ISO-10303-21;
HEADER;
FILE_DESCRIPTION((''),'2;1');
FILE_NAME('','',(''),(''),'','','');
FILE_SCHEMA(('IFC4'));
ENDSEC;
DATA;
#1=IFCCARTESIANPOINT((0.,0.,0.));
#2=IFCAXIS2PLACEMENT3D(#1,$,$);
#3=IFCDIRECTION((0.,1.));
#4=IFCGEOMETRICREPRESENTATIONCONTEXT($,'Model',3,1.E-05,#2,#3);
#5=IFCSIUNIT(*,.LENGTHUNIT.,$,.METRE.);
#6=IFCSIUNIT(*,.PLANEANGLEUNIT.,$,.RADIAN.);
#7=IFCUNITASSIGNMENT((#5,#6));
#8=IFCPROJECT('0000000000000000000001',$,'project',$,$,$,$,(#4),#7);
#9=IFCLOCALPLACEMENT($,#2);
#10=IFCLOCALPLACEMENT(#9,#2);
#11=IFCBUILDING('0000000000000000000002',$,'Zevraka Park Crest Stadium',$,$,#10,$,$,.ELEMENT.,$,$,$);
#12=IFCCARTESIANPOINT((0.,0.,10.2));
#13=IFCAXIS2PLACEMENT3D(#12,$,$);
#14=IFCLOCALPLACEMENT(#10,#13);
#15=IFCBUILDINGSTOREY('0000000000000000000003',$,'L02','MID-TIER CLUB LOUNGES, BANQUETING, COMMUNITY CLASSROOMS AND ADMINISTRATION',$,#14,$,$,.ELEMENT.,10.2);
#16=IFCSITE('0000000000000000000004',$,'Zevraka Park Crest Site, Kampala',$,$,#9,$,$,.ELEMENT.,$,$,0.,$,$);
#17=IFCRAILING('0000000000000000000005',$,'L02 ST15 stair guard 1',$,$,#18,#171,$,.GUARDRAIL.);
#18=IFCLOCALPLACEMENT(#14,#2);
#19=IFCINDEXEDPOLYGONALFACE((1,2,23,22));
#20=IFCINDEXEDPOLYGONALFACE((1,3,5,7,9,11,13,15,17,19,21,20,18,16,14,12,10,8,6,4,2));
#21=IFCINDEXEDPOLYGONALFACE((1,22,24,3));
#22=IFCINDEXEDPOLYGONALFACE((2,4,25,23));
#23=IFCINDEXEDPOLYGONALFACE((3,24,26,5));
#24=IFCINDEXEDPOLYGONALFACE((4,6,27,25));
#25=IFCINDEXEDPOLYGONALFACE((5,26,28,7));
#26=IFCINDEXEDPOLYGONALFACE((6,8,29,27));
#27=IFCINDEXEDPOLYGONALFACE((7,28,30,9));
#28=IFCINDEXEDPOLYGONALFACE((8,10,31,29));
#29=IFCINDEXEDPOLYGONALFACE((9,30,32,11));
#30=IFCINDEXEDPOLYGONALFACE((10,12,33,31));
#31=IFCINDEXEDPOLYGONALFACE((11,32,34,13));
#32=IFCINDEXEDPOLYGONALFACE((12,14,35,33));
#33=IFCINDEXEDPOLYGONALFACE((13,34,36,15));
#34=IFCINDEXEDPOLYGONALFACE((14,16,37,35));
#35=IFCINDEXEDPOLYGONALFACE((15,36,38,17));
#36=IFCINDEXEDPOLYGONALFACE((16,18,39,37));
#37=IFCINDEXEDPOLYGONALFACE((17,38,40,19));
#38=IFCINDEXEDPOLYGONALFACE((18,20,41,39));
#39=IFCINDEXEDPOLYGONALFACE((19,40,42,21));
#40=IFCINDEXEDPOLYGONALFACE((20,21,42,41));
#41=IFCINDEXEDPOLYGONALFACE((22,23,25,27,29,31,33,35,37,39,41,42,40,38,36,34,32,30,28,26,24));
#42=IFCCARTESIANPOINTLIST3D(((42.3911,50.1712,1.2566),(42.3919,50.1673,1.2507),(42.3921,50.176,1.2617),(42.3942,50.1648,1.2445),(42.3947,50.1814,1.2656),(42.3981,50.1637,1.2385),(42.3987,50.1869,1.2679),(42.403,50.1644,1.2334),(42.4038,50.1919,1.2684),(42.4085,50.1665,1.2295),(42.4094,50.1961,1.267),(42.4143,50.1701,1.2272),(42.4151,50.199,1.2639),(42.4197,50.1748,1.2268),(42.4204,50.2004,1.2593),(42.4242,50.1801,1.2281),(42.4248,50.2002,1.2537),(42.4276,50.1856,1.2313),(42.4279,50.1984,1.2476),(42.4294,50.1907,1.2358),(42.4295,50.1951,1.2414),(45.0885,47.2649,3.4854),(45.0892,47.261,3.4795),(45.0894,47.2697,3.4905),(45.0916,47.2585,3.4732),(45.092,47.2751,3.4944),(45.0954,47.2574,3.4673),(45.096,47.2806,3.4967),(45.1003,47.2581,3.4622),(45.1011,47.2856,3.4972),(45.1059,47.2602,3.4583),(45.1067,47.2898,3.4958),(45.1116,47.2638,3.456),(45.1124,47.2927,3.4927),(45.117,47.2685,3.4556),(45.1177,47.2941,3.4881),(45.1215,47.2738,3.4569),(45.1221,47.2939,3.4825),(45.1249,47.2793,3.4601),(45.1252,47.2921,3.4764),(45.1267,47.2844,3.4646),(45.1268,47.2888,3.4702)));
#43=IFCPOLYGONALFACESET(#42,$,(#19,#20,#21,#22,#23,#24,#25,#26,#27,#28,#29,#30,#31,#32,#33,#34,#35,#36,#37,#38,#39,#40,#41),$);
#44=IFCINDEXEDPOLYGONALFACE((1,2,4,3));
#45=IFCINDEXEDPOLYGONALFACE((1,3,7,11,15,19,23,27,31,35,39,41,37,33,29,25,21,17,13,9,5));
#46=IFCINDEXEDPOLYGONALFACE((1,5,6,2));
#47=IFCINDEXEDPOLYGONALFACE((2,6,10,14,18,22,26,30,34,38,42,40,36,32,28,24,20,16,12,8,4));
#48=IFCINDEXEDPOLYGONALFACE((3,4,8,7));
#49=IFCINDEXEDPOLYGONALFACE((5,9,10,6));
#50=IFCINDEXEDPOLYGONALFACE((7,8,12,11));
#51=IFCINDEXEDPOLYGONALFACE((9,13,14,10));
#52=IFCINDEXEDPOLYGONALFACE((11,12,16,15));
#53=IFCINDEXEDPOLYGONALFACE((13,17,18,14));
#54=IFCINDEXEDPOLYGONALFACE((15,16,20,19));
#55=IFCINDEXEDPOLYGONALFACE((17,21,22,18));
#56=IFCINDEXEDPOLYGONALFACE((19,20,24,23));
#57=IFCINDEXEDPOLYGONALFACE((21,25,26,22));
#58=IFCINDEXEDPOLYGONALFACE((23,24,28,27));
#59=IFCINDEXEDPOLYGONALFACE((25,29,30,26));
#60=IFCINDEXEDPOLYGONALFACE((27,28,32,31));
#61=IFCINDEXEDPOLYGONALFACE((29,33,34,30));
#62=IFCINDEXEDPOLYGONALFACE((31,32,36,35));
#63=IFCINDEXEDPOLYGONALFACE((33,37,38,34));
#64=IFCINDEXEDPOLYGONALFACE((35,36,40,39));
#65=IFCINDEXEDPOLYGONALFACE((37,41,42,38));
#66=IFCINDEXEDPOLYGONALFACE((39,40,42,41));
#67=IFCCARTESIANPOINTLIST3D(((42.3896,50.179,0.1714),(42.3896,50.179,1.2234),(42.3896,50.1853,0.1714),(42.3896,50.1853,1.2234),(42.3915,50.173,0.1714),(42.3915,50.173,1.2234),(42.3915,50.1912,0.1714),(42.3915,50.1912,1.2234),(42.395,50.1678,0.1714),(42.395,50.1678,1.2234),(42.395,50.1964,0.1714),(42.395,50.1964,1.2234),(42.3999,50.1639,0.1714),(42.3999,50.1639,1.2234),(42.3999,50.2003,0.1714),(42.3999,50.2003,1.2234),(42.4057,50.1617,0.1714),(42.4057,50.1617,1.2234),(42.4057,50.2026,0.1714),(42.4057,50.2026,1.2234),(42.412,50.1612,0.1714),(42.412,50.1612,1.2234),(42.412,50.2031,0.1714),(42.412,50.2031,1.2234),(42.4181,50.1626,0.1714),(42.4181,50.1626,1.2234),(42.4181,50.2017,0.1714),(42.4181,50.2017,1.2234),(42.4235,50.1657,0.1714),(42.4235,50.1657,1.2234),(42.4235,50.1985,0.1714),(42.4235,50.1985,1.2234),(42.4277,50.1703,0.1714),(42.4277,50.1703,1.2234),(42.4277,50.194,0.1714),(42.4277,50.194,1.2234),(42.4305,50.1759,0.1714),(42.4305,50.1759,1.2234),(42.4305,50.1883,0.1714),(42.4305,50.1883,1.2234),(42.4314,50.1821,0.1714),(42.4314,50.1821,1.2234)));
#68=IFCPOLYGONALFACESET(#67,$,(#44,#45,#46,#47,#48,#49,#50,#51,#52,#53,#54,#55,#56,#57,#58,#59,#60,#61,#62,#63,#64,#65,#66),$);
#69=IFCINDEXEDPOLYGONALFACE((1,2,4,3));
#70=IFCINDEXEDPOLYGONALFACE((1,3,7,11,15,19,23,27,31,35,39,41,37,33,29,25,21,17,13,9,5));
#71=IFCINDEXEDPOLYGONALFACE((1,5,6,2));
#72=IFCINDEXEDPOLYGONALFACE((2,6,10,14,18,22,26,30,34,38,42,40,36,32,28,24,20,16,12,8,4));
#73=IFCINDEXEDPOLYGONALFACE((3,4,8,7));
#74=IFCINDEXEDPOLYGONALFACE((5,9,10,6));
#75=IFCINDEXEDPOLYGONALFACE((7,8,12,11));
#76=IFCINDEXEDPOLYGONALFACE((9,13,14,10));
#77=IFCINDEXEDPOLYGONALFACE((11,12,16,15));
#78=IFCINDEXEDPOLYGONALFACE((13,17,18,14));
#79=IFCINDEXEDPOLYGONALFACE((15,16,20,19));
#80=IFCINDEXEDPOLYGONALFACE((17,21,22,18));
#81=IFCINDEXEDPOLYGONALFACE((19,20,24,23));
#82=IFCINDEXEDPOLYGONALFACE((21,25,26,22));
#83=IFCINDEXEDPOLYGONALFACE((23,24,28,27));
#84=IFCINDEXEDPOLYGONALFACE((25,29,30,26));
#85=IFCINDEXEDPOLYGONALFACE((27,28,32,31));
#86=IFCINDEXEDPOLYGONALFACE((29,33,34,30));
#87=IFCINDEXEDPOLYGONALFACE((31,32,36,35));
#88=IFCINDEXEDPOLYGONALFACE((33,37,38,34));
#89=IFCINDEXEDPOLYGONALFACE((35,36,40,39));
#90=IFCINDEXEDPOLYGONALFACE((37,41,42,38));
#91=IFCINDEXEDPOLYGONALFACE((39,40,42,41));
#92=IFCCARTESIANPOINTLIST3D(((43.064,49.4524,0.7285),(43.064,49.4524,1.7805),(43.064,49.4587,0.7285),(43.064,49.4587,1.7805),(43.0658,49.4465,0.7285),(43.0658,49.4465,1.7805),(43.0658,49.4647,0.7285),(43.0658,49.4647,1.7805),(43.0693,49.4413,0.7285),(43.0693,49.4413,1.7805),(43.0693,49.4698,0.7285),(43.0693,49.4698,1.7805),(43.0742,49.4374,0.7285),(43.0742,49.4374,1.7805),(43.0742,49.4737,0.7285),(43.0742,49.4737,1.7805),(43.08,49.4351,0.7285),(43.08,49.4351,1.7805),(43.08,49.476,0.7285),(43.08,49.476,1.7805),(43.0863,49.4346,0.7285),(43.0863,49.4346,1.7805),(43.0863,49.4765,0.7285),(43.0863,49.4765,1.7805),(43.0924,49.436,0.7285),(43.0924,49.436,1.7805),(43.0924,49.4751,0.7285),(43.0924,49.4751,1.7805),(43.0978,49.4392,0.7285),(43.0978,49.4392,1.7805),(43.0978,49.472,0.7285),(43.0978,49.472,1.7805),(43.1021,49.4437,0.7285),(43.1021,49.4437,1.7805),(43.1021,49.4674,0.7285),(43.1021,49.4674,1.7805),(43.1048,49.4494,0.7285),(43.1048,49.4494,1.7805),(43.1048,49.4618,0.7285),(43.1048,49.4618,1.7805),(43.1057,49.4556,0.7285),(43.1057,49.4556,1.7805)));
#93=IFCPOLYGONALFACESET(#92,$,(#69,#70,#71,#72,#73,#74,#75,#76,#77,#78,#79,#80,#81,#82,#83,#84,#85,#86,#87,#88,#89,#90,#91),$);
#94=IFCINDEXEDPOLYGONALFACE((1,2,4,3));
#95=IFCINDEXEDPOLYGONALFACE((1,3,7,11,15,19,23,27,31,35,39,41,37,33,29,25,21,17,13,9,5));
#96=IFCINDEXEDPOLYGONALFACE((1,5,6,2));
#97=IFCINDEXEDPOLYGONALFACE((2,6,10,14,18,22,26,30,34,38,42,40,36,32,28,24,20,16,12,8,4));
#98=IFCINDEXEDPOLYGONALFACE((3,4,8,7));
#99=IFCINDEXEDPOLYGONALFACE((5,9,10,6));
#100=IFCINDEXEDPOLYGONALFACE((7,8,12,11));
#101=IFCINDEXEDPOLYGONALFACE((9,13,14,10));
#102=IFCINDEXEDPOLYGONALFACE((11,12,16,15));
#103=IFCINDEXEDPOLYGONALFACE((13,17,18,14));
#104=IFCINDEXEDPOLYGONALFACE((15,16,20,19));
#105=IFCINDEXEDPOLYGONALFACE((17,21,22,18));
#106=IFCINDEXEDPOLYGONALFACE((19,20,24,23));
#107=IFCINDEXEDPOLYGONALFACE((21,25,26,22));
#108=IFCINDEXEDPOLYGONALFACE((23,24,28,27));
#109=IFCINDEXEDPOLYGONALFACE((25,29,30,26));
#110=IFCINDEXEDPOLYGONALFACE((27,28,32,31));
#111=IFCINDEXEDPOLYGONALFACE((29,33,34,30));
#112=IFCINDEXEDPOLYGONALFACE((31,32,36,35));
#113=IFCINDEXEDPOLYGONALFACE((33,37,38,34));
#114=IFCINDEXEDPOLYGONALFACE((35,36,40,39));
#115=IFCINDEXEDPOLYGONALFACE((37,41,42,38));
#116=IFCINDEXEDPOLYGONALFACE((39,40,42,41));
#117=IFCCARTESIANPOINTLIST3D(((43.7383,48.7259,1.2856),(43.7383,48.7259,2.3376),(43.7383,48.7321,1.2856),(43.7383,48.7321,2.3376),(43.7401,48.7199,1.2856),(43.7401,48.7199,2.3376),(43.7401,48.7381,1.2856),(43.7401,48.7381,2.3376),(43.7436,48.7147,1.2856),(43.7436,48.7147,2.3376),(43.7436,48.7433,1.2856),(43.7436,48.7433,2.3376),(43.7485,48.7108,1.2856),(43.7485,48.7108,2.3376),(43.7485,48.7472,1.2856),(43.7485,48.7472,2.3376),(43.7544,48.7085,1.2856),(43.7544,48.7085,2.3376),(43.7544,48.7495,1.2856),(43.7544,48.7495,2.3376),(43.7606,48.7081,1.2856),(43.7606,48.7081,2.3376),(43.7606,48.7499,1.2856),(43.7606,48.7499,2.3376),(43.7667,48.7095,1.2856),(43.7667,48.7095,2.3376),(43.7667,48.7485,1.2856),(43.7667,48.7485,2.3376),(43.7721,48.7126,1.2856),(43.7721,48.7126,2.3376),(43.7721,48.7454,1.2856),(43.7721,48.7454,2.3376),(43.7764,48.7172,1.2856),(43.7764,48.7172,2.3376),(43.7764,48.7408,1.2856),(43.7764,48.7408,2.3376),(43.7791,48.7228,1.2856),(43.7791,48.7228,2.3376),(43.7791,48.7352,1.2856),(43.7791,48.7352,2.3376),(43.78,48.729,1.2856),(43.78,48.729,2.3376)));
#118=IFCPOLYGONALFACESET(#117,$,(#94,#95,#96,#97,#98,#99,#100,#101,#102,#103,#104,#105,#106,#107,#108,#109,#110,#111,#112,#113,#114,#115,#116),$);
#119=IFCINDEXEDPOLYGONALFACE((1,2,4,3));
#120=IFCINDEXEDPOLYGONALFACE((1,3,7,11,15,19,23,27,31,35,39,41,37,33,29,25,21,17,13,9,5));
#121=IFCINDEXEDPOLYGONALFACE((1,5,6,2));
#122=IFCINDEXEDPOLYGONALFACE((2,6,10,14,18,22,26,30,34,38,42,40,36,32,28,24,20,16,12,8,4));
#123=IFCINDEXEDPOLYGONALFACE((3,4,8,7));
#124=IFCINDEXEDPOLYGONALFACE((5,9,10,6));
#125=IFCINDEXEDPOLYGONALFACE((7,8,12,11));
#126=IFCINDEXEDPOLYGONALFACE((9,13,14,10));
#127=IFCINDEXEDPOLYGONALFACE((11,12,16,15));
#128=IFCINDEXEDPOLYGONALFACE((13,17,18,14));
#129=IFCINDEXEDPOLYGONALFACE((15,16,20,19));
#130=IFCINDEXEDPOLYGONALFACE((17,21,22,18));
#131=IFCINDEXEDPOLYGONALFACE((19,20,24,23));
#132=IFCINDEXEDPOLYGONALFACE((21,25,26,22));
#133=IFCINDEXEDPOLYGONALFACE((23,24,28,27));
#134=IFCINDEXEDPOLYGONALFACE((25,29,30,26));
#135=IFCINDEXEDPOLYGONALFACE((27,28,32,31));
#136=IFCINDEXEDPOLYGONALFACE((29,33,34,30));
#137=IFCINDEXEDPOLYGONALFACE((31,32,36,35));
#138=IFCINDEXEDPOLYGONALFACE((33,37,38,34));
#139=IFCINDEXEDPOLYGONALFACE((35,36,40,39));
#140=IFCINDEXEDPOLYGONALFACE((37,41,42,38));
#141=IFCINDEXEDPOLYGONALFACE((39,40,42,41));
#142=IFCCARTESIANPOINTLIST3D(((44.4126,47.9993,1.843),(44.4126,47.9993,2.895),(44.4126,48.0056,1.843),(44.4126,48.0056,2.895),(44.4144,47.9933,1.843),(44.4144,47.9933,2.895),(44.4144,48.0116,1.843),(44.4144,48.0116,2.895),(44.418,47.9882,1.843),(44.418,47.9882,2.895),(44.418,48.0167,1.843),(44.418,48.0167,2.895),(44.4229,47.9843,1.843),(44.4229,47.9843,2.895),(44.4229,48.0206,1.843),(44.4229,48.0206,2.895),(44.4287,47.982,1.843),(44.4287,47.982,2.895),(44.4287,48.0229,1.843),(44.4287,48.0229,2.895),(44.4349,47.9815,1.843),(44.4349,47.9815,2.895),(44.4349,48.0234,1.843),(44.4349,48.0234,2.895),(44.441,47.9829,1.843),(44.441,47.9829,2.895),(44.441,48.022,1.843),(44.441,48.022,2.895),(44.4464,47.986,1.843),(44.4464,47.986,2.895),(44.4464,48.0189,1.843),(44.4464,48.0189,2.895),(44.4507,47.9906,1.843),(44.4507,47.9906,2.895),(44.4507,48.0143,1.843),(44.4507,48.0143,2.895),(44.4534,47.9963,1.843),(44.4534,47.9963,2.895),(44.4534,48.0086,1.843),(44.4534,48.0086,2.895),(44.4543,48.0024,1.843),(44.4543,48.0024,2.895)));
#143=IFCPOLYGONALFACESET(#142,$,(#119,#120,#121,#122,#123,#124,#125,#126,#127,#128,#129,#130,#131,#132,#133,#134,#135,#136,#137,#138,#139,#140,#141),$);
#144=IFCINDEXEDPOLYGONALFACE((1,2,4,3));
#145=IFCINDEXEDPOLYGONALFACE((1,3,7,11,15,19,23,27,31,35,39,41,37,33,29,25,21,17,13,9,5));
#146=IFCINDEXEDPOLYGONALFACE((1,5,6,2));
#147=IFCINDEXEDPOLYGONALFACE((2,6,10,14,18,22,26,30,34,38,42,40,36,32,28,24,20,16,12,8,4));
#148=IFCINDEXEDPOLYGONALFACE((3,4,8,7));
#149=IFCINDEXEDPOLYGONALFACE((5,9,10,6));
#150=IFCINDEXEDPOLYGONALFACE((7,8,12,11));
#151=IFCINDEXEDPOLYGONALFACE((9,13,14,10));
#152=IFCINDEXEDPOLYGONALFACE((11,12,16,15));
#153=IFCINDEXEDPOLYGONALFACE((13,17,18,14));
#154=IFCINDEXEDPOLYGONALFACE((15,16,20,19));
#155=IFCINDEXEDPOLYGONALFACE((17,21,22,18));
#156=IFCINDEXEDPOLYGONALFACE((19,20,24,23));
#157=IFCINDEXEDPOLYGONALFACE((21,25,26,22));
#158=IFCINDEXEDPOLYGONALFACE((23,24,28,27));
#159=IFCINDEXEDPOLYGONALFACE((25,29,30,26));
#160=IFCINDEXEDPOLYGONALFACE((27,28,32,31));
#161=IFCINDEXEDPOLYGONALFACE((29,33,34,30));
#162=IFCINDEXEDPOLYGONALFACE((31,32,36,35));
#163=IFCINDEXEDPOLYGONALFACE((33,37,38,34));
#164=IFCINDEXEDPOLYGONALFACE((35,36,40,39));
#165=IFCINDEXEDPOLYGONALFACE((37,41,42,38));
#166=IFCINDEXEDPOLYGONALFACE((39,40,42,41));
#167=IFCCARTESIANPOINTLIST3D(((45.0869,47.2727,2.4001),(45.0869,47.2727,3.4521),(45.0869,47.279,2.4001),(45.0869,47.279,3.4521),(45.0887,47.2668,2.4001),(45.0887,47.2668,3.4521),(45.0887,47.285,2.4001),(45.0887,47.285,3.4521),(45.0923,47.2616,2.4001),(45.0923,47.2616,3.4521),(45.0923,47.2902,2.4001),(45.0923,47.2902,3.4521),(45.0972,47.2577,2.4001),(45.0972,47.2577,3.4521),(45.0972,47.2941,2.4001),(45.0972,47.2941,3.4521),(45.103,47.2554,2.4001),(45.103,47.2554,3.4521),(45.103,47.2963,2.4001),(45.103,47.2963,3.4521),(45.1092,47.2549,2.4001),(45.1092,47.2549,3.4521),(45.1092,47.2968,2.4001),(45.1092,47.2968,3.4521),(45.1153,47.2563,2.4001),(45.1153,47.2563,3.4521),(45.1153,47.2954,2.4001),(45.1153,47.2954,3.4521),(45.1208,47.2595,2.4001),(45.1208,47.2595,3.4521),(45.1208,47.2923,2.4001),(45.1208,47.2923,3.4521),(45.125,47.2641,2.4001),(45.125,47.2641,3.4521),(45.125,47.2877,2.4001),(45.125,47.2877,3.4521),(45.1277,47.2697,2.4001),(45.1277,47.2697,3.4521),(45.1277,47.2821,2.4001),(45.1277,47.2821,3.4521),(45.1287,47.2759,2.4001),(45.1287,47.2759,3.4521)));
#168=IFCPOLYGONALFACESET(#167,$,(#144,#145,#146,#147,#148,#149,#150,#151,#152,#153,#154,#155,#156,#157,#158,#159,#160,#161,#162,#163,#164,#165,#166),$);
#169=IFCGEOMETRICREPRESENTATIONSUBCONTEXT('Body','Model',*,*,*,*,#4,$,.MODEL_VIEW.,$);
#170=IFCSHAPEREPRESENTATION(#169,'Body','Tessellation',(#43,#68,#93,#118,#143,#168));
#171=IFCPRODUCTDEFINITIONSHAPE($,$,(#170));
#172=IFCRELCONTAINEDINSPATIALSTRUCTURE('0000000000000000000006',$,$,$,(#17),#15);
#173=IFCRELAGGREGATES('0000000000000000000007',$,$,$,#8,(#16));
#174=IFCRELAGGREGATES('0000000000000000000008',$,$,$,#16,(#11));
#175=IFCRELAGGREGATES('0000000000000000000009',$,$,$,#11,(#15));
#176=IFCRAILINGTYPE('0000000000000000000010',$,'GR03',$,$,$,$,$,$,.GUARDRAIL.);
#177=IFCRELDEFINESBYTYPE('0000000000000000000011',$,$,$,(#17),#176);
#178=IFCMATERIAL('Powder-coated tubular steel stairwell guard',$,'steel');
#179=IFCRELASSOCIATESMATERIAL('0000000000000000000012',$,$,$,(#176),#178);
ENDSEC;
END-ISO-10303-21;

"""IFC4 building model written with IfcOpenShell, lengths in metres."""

from ifc_helpers import new_model, si_unit, direction, frame, origin, origin_2d, place, context, subcontext, project, spatial, circle, extrude, material, type_object, element, save


model = new_model("IFC4")

# Units and contexts
model_context = context("Model", 3, precision=1e-05, world=origin(), true_north=direction((0.0, 1.0)))
body_context = subcontext(model_context, "Body", "Model", "MODEL_VIEW")
ifc_project = project(units=[si_unit("LENGTHUNIT", "METRE"), si_unit("PLANEANGLEUNIT", "RADIAN")], contexts=[model_context])

# Site, building, storey
site_placement = place(None, origin())
site = spatial("IfcSite", under=ifc_project, at=site_placement, Name="Zevraka Park Crest Site, Kampala", CompositionType="ELEMENT", RefElevation=0.0)
building_placement = place(site_placement, origin())
building = spatial("IfcBuilding", under=site, at=building_placement, Name="Zevraka Park Crest Stadium", CompositionType="ELEMENT")
storey_placement = place(building_placement, frame((0.0, 0.0, 10.2)))
storey = spatial("IfcBuildingStorey", under=building, at=storey_placement, Name="L02", Description="MID-TIER CLUB LOUNGES, BANQUETING, COMMUNITY CLASSROOMS AND ADMINISTRATION", CompositionType="ELEMENT", Elevation=10.2)

# Railing
ifc_material_1 = material(Name="Powder-coated tubular steel stairwell guard", Category="steel")
railing_type_1 = type_object("IfcRailingType", Name="GR03", PredefinedType="GUARDRAIL", material=ifc_material_1)
railing_1_placement = place(storey_placement, frame((42.4104, 50.1821, 0.1714)))
element("IfcRailing", 1, at=railing_1_placement, inside=storey, type_object=railing_type_1, Name="L02 ST15 stair guard 1", PredefinedType="GUARDRAIL", context=body_context, shape_type="SweptSolid", body=[
    extrude(circle(Radius=0.0239, at=origin_2d()), frame((0.0, 0.0, 1.0762), z_axis=(0.593, -0.638946, 0.489998), x_axis=(0.732969, 0.680262, 0.0)), (0.0, 0.0, 1.0), 4.5486),
    extrude(circle(Radius=0.021, at=origin_2d()), origin(), (0.0, 0.0, 1.0), 1.052),
    extrude(circle(Radius=0.021, at=origin_2d()), frame((0.6743, -0.7266, 0.5571)), (0.0, 0.0, 1.0), 1.052),
    extrude(circle(Radius=0.021, at=origin_2d()), frame((1.3486, -1.4531, 1.1143)), (0.0, 0.0, 1.0), 1.052),
    extrude(circle(Radius=0.021, at=origin_2d()), frame((2.0229, -2.1797, 1.6716)), (0.0, 0.0, 1.0), 1.052),
    extrude(circle(Radius=0.021, at=origin_2d()), frame((2.6973, -2.9062, 2.2288)), (0.0, 0.0, 1.0), 1.052),
])

save(model, "model.ifc")
